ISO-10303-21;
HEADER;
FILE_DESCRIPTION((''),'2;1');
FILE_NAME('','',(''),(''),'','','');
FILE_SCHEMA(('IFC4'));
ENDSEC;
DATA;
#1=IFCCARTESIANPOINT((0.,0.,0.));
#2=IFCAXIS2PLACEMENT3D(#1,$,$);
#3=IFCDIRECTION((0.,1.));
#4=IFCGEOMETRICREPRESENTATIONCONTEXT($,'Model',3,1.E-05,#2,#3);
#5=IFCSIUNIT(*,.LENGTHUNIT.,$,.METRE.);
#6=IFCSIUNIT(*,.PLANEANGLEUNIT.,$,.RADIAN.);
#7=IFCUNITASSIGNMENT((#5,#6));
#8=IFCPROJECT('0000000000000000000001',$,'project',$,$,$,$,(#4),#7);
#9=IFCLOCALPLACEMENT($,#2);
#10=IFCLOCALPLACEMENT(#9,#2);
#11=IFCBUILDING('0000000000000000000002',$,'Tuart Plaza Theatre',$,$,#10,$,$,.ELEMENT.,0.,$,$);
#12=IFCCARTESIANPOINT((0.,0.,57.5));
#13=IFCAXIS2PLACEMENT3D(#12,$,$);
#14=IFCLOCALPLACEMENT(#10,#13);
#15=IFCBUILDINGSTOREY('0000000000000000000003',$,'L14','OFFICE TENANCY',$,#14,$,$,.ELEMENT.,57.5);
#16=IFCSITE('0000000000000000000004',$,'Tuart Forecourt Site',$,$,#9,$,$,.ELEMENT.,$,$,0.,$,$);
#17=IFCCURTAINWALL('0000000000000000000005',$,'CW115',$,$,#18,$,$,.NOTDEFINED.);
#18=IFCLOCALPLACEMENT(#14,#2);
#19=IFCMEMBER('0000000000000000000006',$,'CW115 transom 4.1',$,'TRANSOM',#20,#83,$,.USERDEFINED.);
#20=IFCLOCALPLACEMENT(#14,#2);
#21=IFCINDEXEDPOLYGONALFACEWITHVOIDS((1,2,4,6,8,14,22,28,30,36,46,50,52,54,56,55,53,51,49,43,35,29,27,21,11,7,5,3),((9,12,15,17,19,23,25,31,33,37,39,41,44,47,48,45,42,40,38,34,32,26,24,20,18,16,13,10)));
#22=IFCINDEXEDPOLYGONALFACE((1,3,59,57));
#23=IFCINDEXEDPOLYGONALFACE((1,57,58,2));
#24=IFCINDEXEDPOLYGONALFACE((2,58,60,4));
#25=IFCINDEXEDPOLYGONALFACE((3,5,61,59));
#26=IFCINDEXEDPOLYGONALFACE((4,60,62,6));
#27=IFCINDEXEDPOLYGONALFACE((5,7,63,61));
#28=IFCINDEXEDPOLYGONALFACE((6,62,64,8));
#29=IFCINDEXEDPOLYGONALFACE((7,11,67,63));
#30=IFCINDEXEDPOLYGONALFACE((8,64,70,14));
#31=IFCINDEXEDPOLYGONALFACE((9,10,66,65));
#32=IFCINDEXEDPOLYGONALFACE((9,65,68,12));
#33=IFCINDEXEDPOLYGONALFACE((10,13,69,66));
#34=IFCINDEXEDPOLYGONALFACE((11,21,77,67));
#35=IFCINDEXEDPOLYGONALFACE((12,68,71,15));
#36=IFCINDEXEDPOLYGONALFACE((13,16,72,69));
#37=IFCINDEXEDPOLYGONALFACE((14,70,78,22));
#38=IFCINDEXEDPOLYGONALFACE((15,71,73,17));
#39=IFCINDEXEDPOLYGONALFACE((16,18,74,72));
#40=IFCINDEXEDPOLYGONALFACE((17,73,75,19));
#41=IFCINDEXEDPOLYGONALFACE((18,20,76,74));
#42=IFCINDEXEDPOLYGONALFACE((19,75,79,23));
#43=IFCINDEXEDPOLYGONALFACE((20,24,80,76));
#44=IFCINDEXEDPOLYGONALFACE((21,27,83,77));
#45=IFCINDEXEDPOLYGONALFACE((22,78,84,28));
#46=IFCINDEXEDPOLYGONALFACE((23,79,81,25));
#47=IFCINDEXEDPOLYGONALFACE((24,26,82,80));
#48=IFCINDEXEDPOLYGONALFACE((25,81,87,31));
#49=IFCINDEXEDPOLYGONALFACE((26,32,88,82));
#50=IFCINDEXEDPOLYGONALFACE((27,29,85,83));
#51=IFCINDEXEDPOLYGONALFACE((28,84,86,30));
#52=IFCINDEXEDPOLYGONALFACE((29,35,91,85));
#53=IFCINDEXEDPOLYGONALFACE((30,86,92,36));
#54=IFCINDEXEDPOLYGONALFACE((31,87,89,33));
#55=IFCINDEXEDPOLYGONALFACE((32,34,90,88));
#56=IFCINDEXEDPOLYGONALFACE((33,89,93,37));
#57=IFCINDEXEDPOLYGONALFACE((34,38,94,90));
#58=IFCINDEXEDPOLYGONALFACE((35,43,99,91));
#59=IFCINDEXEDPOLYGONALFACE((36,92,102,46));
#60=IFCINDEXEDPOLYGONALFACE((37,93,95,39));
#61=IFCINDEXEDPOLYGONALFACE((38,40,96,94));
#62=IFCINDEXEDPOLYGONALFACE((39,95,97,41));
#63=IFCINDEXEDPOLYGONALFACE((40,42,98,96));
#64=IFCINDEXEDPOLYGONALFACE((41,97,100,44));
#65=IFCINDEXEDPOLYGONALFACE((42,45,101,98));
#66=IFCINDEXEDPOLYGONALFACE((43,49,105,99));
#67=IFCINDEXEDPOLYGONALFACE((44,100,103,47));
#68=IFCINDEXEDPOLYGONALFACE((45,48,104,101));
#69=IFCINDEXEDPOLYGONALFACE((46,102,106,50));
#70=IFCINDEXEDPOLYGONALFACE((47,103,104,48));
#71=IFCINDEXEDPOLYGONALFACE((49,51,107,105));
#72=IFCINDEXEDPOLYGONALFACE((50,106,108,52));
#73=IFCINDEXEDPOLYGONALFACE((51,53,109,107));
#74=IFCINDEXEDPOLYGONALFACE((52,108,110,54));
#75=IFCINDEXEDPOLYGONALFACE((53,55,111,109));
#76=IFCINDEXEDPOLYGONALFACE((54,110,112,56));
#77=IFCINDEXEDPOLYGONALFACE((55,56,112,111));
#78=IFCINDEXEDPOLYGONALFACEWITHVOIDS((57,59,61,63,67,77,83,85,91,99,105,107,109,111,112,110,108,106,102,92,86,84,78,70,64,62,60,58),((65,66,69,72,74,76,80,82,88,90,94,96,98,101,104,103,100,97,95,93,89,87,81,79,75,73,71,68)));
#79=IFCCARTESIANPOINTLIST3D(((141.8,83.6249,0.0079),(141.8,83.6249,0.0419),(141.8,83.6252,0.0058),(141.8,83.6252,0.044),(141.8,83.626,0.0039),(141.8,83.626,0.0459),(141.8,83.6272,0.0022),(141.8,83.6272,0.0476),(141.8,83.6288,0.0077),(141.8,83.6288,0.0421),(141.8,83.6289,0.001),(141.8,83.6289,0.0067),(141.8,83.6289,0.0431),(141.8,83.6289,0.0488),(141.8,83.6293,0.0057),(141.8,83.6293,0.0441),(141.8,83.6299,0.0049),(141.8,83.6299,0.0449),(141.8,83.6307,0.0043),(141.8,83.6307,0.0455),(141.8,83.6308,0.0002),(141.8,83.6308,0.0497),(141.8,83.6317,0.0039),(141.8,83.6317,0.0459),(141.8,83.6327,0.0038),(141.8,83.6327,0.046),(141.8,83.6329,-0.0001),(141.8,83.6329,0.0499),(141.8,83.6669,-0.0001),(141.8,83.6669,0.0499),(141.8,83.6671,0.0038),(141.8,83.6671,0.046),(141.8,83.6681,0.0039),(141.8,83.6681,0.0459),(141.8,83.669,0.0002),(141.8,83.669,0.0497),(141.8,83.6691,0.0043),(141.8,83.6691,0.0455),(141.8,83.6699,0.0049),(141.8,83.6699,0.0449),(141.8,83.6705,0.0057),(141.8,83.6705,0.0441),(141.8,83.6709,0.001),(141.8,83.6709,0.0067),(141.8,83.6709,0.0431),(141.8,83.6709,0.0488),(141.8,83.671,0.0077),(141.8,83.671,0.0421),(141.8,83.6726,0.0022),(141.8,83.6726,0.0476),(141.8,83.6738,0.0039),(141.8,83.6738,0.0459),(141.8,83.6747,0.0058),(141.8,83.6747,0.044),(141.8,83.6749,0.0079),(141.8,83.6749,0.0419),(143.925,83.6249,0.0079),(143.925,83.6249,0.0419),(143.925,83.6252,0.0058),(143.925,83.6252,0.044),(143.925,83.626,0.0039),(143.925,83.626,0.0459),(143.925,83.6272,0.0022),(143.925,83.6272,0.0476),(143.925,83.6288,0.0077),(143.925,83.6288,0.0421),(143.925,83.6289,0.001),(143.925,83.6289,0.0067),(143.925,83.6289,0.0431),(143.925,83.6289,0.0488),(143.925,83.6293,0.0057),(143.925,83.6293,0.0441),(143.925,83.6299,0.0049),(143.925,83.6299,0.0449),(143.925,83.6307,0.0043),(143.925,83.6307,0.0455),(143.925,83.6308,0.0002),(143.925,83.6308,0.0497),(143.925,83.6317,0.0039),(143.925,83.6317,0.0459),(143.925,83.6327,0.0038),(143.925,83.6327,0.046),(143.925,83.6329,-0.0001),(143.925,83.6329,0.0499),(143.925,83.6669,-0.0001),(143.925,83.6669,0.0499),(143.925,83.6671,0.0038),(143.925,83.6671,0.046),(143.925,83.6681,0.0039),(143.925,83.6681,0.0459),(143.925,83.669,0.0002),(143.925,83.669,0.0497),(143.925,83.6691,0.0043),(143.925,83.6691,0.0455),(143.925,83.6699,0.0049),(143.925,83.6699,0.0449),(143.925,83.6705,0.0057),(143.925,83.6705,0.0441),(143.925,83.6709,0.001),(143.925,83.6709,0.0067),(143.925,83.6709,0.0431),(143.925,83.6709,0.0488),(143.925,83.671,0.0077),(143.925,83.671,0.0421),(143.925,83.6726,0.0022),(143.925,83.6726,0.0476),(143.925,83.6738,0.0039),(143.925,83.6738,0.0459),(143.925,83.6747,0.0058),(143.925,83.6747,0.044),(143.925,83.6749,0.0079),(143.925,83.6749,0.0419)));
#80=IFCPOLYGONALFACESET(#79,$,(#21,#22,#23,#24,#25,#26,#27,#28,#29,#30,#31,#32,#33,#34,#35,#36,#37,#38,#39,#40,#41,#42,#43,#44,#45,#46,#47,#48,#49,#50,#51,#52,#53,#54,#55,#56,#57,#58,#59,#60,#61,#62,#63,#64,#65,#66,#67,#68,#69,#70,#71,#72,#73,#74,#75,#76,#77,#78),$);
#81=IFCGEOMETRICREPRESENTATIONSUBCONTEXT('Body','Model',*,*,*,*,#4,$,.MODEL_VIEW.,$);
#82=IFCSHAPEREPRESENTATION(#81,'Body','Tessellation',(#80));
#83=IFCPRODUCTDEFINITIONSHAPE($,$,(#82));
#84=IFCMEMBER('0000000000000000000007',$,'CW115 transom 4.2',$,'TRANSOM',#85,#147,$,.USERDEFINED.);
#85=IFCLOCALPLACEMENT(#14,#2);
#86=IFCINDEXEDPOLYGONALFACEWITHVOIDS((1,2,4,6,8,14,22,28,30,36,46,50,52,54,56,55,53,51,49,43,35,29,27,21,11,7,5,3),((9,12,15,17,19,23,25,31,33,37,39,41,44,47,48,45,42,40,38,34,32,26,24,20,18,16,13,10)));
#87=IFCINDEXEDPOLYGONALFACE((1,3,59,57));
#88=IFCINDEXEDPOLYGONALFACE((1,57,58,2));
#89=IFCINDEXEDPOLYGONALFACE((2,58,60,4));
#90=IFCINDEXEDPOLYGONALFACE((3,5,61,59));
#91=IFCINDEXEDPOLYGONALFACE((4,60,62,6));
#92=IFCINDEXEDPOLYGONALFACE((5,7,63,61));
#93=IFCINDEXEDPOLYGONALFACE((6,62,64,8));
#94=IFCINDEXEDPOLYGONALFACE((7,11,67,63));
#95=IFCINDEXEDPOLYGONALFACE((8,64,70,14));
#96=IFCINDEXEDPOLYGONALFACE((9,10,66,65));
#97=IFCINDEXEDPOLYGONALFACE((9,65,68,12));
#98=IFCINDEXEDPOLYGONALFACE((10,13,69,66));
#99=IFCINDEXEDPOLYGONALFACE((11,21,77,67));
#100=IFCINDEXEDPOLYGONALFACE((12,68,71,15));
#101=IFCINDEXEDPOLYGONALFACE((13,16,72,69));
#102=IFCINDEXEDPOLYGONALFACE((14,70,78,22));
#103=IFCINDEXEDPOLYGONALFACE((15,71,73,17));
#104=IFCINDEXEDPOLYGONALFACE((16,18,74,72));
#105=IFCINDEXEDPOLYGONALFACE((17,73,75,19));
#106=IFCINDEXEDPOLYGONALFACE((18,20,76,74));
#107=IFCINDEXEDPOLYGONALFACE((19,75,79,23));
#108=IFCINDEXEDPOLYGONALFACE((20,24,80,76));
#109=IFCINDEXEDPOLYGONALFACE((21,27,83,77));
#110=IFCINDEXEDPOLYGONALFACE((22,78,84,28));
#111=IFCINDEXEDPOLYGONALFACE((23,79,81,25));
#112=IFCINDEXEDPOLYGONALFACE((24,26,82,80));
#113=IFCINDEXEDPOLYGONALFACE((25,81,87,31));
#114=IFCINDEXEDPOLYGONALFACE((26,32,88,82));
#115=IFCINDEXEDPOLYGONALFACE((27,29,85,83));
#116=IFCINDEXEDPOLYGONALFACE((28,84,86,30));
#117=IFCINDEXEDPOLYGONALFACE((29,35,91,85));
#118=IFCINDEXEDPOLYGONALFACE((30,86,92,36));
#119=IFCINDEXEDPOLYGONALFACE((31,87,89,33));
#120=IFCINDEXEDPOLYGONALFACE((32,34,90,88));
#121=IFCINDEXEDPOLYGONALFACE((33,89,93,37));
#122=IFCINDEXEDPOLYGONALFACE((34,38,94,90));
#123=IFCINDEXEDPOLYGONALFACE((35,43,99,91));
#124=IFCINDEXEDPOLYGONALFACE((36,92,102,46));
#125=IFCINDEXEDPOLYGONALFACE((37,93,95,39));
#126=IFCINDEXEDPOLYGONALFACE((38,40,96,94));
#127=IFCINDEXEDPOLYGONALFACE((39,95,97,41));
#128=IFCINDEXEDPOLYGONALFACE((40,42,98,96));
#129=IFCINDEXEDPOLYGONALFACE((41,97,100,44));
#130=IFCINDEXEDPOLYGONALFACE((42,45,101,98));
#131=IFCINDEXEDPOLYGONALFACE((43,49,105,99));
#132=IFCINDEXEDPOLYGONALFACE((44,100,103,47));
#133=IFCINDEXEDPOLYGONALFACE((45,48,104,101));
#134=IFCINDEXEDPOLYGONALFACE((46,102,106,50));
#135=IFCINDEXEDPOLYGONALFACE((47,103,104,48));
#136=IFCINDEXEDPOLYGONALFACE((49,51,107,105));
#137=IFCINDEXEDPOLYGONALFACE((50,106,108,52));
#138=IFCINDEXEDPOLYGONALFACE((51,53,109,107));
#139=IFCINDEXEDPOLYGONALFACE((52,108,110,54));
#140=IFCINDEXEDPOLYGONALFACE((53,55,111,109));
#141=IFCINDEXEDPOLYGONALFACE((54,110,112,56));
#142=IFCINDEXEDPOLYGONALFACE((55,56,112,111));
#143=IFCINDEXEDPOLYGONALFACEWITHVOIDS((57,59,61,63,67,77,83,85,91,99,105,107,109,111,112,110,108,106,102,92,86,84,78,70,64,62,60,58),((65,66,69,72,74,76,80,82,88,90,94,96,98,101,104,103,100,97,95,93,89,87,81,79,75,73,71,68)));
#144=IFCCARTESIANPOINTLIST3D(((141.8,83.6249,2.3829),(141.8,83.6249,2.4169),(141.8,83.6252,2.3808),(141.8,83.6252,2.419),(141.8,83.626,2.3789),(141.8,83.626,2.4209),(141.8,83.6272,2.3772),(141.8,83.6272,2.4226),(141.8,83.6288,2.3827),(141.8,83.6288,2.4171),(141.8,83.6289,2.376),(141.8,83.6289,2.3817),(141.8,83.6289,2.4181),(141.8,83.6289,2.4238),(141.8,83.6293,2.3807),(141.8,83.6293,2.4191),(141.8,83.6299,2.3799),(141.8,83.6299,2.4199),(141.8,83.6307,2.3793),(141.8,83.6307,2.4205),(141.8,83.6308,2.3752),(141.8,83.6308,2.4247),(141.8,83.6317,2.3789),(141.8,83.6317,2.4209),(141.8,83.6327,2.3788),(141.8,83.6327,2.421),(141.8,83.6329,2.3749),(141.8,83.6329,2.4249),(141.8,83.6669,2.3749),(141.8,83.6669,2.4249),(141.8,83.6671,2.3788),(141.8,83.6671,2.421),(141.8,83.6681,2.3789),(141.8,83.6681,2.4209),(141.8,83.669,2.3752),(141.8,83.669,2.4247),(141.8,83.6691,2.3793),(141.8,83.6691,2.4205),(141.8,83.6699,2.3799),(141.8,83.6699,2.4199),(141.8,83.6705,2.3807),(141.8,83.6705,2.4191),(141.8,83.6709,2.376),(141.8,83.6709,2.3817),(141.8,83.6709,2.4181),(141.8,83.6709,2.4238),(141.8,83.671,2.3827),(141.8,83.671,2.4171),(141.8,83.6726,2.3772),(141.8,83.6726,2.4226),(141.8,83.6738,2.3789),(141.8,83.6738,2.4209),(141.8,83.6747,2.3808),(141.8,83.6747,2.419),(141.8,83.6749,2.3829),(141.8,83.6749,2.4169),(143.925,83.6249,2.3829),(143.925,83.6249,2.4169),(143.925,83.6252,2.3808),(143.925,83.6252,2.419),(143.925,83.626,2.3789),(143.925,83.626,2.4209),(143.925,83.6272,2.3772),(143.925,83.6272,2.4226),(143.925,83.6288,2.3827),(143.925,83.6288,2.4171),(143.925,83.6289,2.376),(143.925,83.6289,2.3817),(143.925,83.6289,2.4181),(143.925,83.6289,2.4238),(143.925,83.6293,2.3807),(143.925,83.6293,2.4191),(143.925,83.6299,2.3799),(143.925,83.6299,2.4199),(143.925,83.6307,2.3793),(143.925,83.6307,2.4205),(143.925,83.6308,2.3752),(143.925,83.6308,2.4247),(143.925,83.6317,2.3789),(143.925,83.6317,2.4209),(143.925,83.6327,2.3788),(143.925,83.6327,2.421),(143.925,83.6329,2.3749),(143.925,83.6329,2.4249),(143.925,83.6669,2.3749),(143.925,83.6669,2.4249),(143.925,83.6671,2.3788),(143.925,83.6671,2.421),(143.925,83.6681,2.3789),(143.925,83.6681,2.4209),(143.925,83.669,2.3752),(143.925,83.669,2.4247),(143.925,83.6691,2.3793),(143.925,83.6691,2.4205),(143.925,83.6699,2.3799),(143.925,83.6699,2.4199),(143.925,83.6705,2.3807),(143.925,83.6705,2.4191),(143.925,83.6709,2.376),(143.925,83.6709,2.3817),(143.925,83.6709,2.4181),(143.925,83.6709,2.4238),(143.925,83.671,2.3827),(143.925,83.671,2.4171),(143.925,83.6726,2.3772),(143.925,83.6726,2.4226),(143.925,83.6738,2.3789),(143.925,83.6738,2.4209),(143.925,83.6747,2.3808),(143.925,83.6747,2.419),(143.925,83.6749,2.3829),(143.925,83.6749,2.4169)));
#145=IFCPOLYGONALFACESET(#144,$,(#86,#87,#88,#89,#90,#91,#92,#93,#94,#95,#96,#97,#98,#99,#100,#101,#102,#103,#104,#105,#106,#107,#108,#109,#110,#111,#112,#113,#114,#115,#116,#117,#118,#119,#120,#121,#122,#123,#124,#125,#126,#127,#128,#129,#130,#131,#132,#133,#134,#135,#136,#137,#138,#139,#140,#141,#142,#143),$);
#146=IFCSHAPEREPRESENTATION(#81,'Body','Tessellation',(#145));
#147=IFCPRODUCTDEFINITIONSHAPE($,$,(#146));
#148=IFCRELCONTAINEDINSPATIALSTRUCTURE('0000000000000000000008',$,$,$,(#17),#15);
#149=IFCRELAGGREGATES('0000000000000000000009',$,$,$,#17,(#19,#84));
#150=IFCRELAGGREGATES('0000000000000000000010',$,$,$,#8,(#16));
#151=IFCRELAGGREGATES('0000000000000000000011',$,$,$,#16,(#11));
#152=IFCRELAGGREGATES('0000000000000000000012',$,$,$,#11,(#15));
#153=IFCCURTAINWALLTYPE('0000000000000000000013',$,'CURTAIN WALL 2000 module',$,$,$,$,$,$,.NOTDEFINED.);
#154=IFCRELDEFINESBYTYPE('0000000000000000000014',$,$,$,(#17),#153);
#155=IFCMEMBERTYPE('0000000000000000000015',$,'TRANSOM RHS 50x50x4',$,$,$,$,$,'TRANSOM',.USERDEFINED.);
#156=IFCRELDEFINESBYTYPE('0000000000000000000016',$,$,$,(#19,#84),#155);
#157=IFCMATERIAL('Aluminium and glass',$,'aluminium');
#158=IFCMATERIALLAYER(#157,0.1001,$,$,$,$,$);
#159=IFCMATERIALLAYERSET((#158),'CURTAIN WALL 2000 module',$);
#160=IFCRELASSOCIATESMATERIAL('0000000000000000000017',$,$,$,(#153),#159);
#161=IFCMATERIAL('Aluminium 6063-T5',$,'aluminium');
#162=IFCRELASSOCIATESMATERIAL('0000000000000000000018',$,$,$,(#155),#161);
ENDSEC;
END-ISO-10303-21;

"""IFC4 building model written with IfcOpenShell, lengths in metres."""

from ifc_helpers import new_model, si_unit, direction, frame, origin, origin_2d, place, context, subcontext, project, spatial, hollow_rectangle, extrude, material, layer, layer_set, material_profile, profile_set, type_object, element, aggregate, save


model = new_model("IFC4")

# Units and contexts
model_context = context("Model", 3, precision=1e-05, world=origin(), true_north=direction((0.0, 1.0)))
body_context = subcontext(model_context, "Body", "Model", "MODEL_VIEW")
ifc_project = project(units=[si_unit("LENGTHUNIT", "METRE"), si_unit("PLANEANGLEUNIT", "RADIAN")], contexts=[model_context])

# Site, building, storey
site_placement = place(None, origin())
site = spatial("IfcSite", under=ifc_project, at=site_placement, Name="Tuart Forecourt Site", CompositionType="ELEMENT", RefElevation=0.0)
building_placement = place(site_placement, origin())
building = spatial("IfcBuilding", under=site, at=building_placement, Name="Tuart Plaza Theatre", CompositionType="ELEMENT", ElevationOfRefHeight=0.0)
storey_placement = place(building_placement, frame((0.0, 0.0, 57.5)))
storey = spatial("IfcBuildingStorey", under=building, at=storey_placement, Name="L14", Description="OFFICE TENANCY", CompositionType="ELEMENT", Elevation=57.5)

# Curtain wall
ifc_material_1 = material(Name="Aluminium and glass", Category="aluminium")
ifc_layer_1 = layer(ifc_material_1, 0.1001)
ifc_layer_set_1 = layer_set([ifc_layer_1], Name="CURTAIN WALL 2000 module")
curtain_wall_type = type_object("IfcCurtainWallType", Name="CURTAIN WALL 2000 module", PredefinedType="NOTDEFINED", material=ifc_layer_set_1)
curtain_wall_1_placement = place(storey_placement, origin())
curtain_wall_1 = element("IfcCurtainWall", 1, at=curtain_wall_1_placement, inside=storey, type_object=curtain_wall_type, Name="CW115", PredefinedType="NOTDEFINED")

# Members
ifc_material_2 = material(Name="Aluminium 6063-T5", Category="aluminium")
ifc_material_profile_1 = material_profile(ifc_material_2, hollow_rectangle(XDim=0.05, YDim=0.05, WallThickness=0.0039, InnerFilletRadius=0.0039, OuterFilletRadius=0.0081, at=origin_2d()), Name="RHS 50x50x4")
ifc_profile_set_1 = profile_set([ifc_material_profile_1], Name="Aluminium 6063-T5")
member_type_1 = type_object("IfcMemberType", Name="TRANSOM RHS 50x50x4", ElementType="TRANSOM", PredefinedType="USERDEFINED", material=ifc_profile_set_1)
member_1_placement = place(storey_placement, frame((143.925, 83.6499, 0.0249), z_axis=(-1.0, 0.0, 0.0), x_axis=(0.0, -1.0, 0.0)))
member_1 = element("IfcMember", 2, at=member_1_placement, type_object=member_type_1, Name="CW115 transom 4.1", ObjectType="TRANSOM", PredefinedType="USERDEFINED", context=body_context, shape_type="SweptSolid", body=[
    extrude(hollow_rectangle(XDim=0.05, YDim=0.05, WallThickness=0.0039, InnerFilletRadius=0.0039, OuterFilletRadius=0.0081, at=origin_2d()), origin(), (0.0, 0.0, 1.0), 2.125),
])
member_2_placement = place(storey_placement, frame((143.925, 83.6499, 2.3999), z_axis=(-1.0, 0.0, 0.0), x_axis=(0.0, -1.0, 0.0)))
member_2 = element("IfcMember", 3, at=member_2_placement, type_object=member_type_1, Name="CW115 transom 4.2", ObjectType="TRANSOM", PredefinedType="USERDEFINED", context=body_context, shape_type="SweptSolid", body=[
    extrude(hollow_rectangle(XDim=0.05, YDim=0.05, WallThickness=0.0039, InnerFilletRadius=0.0039, OuterFilletRadius=0.0081, at=origin_2d()), origin(), (0.0, 0.0, 1.0), 2.125),
])

aggregate(curtain_wall_1, [member_1, member_2])

save(model, "model.ifc")
